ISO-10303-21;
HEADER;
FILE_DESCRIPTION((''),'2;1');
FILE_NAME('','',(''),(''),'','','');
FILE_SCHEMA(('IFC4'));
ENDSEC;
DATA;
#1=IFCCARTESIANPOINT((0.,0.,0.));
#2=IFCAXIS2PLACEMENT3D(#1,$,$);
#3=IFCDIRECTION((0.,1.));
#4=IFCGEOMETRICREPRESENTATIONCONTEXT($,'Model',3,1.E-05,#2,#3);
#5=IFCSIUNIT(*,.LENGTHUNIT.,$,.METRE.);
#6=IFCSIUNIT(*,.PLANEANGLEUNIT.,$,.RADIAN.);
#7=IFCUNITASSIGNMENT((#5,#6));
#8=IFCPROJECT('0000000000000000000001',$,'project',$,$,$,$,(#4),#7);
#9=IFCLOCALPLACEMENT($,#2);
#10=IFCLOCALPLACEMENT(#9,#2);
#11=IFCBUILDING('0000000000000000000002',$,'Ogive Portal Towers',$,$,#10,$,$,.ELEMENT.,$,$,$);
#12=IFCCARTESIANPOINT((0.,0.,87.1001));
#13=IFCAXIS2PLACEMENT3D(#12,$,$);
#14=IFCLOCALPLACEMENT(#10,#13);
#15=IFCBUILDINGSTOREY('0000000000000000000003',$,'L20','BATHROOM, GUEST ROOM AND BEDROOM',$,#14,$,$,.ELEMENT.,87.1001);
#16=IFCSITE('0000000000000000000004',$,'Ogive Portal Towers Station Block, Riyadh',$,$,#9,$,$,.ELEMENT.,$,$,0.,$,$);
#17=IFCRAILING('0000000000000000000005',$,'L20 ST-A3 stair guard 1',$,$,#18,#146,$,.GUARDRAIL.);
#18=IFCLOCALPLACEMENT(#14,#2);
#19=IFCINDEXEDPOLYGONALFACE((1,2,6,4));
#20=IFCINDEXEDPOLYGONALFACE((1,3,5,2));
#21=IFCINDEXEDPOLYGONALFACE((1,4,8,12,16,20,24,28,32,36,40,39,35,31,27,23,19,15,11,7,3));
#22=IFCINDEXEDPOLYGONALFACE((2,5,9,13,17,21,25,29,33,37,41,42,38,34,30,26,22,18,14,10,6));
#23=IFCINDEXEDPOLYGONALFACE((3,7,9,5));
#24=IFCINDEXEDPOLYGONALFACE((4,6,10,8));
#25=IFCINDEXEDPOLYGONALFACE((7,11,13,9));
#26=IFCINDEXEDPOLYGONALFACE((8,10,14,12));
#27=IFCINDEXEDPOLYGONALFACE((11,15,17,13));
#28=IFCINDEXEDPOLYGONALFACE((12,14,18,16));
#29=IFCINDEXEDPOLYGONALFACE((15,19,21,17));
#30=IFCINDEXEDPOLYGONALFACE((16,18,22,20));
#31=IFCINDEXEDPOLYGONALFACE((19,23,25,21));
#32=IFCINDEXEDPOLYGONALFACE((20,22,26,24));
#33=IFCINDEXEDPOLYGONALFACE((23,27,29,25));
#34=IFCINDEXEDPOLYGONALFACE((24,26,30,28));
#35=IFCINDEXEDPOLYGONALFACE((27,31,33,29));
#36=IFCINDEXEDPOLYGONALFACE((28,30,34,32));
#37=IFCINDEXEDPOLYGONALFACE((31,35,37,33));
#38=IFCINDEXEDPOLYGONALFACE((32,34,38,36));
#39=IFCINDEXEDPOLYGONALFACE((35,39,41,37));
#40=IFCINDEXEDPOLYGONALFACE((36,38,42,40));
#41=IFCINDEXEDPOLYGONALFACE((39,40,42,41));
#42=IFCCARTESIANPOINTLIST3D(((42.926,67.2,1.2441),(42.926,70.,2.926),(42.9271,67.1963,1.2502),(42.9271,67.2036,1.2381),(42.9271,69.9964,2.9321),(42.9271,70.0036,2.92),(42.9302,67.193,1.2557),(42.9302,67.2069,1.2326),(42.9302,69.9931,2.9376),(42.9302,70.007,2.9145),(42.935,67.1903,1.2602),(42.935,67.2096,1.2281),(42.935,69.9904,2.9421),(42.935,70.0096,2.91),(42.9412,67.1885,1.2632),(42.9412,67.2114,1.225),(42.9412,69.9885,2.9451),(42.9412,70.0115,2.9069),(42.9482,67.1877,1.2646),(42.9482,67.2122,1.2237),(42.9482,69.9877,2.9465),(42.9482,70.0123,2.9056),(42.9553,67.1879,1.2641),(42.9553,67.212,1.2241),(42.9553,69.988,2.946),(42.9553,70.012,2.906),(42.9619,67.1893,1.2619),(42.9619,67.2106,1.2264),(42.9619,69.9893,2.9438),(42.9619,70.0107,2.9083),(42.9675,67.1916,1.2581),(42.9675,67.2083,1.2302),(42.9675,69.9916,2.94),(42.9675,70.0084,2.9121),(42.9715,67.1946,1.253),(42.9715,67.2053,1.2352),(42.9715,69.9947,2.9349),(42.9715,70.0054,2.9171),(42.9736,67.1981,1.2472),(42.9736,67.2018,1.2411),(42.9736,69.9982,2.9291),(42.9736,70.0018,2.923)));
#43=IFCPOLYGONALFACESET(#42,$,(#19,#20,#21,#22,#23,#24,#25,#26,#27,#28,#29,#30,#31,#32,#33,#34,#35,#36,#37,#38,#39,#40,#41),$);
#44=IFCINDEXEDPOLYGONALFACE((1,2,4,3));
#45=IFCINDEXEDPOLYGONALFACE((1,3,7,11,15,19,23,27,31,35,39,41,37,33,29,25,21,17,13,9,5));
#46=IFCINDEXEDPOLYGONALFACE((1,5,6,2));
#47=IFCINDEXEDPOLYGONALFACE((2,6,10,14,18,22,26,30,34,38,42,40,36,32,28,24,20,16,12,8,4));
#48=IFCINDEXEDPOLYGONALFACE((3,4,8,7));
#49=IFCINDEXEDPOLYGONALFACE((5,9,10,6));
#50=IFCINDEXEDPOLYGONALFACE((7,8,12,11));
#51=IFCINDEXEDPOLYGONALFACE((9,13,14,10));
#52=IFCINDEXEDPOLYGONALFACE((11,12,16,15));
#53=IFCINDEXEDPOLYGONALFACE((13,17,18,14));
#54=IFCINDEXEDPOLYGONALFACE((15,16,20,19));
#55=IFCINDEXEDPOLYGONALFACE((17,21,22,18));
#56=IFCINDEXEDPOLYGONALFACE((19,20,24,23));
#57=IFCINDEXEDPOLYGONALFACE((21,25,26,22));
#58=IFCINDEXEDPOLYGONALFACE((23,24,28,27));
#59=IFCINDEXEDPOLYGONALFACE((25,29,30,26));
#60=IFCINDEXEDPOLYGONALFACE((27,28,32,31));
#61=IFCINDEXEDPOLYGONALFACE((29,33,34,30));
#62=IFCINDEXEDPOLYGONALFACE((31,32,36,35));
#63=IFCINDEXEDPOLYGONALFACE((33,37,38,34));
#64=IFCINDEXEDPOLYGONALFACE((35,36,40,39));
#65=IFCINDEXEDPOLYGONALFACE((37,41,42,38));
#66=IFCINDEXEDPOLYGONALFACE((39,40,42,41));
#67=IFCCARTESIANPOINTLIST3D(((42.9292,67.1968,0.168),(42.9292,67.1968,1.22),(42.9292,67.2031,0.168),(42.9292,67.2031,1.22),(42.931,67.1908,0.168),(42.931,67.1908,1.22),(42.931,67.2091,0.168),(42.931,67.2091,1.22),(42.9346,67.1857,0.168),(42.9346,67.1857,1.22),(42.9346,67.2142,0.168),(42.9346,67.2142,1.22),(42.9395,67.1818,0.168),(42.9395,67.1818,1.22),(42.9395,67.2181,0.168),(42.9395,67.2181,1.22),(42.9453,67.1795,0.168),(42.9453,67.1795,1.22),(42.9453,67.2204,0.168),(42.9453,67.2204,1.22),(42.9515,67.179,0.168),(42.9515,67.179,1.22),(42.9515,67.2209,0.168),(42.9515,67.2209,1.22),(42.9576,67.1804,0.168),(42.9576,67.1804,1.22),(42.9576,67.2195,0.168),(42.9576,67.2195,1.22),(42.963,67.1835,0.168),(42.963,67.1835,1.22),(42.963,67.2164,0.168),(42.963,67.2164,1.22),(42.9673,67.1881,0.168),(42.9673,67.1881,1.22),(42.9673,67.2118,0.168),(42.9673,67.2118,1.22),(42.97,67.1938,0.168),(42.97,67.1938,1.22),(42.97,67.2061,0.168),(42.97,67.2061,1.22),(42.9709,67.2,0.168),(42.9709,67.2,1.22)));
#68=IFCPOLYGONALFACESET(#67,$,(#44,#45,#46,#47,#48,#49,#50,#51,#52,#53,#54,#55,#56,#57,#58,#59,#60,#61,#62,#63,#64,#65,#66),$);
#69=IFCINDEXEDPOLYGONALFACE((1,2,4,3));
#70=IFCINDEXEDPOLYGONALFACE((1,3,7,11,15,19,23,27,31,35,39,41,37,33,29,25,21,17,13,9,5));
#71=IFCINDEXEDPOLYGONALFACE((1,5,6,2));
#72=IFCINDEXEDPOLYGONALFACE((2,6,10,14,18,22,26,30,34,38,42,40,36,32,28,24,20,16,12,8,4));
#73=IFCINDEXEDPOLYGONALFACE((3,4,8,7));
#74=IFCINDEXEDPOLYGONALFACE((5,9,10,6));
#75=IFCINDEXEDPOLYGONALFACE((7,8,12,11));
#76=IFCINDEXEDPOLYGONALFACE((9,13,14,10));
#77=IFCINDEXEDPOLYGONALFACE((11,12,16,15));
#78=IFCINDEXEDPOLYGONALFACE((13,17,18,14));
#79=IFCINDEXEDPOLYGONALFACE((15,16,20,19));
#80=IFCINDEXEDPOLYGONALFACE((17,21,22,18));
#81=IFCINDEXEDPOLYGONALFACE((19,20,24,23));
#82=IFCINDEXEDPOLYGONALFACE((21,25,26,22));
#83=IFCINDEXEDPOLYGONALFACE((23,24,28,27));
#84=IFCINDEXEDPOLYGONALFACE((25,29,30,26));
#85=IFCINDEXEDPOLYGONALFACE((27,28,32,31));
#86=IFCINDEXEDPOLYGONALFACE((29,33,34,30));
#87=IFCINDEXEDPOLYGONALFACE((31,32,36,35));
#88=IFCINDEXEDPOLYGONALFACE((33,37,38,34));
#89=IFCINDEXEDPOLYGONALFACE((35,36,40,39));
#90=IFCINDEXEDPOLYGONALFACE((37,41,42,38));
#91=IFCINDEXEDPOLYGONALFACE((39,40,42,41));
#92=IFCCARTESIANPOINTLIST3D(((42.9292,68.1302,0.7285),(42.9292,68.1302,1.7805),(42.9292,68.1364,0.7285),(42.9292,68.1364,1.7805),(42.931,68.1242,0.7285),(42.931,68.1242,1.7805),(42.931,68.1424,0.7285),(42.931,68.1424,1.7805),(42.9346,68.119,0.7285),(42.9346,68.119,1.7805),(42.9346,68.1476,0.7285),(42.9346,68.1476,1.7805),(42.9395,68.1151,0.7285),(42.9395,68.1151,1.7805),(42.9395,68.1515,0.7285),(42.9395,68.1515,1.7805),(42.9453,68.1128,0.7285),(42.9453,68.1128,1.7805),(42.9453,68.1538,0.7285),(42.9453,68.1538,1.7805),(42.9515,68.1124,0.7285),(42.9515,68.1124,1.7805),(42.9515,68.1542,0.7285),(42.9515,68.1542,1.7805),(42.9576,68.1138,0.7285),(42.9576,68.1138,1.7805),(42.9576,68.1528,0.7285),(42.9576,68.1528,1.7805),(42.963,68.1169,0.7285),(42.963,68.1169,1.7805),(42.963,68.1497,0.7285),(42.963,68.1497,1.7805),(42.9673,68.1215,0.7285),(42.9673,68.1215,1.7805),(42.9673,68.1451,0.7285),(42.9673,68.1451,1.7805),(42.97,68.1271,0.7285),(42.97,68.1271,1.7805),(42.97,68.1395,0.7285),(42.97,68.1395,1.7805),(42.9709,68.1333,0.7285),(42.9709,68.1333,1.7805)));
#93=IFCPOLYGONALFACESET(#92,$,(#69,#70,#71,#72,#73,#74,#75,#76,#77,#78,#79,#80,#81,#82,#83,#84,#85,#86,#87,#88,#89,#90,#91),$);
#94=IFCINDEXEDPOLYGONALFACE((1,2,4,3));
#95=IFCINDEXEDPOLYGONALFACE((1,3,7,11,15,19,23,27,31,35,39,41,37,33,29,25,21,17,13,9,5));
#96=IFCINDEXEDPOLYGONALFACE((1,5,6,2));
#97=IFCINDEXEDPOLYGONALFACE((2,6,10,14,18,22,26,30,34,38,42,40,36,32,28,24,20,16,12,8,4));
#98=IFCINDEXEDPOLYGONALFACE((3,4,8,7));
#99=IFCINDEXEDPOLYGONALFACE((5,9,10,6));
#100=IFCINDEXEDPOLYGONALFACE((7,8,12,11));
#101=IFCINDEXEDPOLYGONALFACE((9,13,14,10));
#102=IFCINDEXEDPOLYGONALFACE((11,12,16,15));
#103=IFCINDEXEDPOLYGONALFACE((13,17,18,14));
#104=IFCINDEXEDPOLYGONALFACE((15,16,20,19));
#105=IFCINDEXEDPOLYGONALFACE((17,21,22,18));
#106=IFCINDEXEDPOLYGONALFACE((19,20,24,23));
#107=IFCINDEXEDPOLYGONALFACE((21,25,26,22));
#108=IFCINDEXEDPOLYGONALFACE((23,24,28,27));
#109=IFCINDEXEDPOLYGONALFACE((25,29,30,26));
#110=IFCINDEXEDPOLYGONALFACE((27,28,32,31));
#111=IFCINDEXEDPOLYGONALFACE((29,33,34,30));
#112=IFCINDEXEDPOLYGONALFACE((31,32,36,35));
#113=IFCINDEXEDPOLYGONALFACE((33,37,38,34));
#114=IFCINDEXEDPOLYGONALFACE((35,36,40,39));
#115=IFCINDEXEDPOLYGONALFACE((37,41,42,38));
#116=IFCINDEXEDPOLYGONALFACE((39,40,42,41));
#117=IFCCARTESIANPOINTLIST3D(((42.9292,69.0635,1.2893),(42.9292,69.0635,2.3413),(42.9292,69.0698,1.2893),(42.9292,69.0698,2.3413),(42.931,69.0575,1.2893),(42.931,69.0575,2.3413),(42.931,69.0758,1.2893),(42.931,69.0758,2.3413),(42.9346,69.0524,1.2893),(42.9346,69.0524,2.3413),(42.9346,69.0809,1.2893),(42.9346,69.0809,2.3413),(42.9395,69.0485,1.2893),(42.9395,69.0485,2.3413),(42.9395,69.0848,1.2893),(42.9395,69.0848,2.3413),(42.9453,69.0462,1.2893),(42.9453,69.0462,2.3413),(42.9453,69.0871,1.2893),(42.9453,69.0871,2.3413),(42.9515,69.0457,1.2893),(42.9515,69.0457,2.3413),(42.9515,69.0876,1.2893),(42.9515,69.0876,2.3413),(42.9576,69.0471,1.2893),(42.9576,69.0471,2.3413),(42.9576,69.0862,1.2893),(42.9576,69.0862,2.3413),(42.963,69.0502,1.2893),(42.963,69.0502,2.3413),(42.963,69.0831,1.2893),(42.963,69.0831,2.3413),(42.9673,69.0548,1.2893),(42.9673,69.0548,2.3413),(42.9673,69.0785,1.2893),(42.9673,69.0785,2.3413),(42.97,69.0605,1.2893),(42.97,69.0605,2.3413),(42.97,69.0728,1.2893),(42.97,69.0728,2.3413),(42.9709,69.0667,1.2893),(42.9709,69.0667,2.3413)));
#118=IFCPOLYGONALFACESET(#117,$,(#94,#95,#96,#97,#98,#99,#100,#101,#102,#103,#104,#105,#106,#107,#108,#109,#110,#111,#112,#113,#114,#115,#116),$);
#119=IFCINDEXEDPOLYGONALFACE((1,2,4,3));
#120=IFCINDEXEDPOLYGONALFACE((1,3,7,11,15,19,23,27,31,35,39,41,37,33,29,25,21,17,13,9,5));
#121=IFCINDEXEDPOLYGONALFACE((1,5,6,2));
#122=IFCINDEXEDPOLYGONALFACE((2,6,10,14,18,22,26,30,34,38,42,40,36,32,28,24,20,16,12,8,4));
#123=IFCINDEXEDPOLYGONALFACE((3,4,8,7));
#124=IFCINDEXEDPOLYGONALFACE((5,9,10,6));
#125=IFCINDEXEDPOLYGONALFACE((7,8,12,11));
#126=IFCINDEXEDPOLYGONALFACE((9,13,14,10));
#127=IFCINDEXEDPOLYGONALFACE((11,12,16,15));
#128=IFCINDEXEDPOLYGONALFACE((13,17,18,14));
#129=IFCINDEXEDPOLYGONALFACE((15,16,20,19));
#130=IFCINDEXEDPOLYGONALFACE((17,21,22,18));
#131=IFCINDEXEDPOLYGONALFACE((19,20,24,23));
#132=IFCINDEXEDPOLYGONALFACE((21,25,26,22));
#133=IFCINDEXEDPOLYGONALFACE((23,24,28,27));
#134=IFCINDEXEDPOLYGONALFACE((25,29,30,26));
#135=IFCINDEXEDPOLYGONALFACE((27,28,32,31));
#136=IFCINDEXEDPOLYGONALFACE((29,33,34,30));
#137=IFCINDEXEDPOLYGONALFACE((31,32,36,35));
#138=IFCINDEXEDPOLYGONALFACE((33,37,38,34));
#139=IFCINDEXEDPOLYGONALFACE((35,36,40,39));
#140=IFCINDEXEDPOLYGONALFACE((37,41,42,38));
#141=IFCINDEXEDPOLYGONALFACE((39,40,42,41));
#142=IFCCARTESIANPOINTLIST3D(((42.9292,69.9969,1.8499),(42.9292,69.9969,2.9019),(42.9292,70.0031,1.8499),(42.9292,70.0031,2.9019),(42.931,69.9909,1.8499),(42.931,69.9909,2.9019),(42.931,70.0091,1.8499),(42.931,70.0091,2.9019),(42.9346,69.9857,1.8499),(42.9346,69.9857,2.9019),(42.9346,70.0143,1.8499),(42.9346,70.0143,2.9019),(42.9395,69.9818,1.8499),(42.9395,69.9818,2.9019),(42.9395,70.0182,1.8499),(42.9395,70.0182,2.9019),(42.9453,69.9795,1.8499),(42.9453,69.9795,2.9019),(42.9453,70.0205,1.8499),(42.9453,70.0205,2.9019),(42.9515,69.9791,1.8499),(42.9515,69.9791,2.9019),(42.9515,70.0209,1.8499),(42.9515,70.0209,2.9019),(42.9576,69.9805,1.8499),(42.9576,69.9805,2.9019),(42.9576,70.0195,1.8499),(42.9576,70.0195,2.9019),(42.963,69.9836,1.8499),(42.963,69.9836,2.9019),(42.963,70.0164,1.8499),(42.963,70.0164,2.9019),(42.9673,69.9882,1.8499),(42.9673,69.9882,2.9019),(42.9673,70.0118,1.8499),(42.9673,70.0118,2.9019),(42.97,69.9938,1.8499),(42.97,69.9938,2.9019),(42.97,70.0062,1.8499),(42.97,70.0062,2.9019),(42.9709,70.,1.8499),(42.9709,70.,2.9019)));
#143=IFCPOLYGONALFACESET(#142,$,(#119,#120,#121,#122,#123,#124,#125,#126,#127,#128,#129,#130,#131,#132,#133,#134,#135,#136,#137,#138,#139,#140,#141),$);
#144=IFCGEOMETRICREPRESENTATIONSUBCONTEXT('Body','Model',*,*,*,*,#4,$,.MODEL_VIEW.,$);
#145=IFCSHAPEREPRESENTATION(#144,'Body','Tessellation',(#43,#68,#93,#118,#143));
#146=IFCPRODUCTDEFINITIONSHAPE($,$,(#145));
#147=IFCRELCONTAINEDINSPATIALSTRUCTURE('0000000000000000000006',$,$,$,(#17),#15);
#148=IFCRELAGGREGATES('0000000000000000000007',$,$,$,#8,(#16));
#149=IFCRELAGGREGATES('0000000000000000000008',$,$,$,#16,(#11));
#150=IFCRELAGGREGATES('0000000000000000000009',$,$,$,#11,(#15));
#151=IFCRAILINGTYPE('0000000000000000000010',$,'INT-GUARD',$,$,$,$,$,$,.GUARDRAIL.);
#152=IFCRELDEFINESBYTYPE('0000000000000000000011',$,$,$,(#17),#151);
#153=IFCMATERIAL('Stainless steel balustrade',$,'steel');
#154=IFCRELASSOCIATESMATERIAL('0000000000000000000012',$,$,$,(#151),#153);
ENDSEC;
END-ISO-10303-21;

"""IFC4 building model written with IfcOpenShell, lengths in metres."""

from ifc_helpers import new_model, si_unit, direction, frame, origin, origin_2d, place, context, subcontext, project, spatial, circle, extrude, material, type_object, element, save


model = new_model("IFC4")

# Units and contexts
model_context = context("Model", 3, precision=1e-05, world=origin(), true_north=direction((0.0, 1.0)))
body_context = subcontext(model_context, "Body", "Model", "MODEL_VIEW")
ifc_project = project(units=[si_unit("LENGTHUNIT", "METRE"), si_unit("PLANEANGLEUNIT", "RADIAN")], contexts=[model_context])

# Site, building, storey
site_placement = place(None, origin())
site = spatial("IfcSite", under=ifc_project, at=site_placement, Name="Ogive Portal Towers Station Block, Riyadh", CompositionType="ELEMENT", RefElevation=0.0)
building_placement = place(site_placement, origin())
building = spatial("IfcBuilding", under=site, at=building_placement, Name="Ogive Portal Towers", CompositionType="ELEMENT")
storey_placement = place(building_placement, frame((0.0, 0.0, 87.1001)))
storey = spatial("IfcBuildingStorey", under=building, at=storey_placement, Name="L20", Description="BATHROOM, GUEST ROOM AND BEDROOM", CompositionType="ELEMENT", Elevation=87.1001)

# Railing
ifc_material_1 = material(Name="Stainless steel balustrade", Category="steel")
railing_type_1 = type_object("IfcRailingType", Name="INT-GUARD", PredefinedType="GUARDRAIL", material=ifc_material_1)
railing_1_placement = place(storey_placement, frame((42.95, 67.2, 0.168)))
element("IfcRailing", 1, at=railing_1_placement, inside=storey, type_object=railing_type_1, Name="L20 ST-A3 stair guard 1", PredefinedType="GUARDRAIL", context=body_context, shape_type="SweptSolid", body=[
    extrude(circle(Radius=0.0239, at=origin_2d()), frame((0.0, 0.0, 1.0762), z_axis=(0.0, 0.857242, 0.514913), x_axis=(-1.0, 0.0, 0.0)), (0.0, 0.0, 1.0), 3.2664),
    extrude(circle(Radius=0.021, at=origin_2d()), origin(), (0.0, 0.0, 1.0), 1.052),
    extrude(circle(Radius=0.021, at=origin_2d()), frame((0.0, 0.9333, 0.5605)), (0.0, 0.0, 1.0), 1.052),
    extrude(circle(Radius=0.021, at=origin_2d()), frame((0.0, 1.8667, 1.1213)), (0.0, 0.0, 1.0), 1.052),
    extrude(circle(Radius=0.021, at=origin_2d()), frame((0.0, 2.8, 1.6819)), (0.0, 0.0, 1.0), 1.052),
])

save(model, "model.ifc")
